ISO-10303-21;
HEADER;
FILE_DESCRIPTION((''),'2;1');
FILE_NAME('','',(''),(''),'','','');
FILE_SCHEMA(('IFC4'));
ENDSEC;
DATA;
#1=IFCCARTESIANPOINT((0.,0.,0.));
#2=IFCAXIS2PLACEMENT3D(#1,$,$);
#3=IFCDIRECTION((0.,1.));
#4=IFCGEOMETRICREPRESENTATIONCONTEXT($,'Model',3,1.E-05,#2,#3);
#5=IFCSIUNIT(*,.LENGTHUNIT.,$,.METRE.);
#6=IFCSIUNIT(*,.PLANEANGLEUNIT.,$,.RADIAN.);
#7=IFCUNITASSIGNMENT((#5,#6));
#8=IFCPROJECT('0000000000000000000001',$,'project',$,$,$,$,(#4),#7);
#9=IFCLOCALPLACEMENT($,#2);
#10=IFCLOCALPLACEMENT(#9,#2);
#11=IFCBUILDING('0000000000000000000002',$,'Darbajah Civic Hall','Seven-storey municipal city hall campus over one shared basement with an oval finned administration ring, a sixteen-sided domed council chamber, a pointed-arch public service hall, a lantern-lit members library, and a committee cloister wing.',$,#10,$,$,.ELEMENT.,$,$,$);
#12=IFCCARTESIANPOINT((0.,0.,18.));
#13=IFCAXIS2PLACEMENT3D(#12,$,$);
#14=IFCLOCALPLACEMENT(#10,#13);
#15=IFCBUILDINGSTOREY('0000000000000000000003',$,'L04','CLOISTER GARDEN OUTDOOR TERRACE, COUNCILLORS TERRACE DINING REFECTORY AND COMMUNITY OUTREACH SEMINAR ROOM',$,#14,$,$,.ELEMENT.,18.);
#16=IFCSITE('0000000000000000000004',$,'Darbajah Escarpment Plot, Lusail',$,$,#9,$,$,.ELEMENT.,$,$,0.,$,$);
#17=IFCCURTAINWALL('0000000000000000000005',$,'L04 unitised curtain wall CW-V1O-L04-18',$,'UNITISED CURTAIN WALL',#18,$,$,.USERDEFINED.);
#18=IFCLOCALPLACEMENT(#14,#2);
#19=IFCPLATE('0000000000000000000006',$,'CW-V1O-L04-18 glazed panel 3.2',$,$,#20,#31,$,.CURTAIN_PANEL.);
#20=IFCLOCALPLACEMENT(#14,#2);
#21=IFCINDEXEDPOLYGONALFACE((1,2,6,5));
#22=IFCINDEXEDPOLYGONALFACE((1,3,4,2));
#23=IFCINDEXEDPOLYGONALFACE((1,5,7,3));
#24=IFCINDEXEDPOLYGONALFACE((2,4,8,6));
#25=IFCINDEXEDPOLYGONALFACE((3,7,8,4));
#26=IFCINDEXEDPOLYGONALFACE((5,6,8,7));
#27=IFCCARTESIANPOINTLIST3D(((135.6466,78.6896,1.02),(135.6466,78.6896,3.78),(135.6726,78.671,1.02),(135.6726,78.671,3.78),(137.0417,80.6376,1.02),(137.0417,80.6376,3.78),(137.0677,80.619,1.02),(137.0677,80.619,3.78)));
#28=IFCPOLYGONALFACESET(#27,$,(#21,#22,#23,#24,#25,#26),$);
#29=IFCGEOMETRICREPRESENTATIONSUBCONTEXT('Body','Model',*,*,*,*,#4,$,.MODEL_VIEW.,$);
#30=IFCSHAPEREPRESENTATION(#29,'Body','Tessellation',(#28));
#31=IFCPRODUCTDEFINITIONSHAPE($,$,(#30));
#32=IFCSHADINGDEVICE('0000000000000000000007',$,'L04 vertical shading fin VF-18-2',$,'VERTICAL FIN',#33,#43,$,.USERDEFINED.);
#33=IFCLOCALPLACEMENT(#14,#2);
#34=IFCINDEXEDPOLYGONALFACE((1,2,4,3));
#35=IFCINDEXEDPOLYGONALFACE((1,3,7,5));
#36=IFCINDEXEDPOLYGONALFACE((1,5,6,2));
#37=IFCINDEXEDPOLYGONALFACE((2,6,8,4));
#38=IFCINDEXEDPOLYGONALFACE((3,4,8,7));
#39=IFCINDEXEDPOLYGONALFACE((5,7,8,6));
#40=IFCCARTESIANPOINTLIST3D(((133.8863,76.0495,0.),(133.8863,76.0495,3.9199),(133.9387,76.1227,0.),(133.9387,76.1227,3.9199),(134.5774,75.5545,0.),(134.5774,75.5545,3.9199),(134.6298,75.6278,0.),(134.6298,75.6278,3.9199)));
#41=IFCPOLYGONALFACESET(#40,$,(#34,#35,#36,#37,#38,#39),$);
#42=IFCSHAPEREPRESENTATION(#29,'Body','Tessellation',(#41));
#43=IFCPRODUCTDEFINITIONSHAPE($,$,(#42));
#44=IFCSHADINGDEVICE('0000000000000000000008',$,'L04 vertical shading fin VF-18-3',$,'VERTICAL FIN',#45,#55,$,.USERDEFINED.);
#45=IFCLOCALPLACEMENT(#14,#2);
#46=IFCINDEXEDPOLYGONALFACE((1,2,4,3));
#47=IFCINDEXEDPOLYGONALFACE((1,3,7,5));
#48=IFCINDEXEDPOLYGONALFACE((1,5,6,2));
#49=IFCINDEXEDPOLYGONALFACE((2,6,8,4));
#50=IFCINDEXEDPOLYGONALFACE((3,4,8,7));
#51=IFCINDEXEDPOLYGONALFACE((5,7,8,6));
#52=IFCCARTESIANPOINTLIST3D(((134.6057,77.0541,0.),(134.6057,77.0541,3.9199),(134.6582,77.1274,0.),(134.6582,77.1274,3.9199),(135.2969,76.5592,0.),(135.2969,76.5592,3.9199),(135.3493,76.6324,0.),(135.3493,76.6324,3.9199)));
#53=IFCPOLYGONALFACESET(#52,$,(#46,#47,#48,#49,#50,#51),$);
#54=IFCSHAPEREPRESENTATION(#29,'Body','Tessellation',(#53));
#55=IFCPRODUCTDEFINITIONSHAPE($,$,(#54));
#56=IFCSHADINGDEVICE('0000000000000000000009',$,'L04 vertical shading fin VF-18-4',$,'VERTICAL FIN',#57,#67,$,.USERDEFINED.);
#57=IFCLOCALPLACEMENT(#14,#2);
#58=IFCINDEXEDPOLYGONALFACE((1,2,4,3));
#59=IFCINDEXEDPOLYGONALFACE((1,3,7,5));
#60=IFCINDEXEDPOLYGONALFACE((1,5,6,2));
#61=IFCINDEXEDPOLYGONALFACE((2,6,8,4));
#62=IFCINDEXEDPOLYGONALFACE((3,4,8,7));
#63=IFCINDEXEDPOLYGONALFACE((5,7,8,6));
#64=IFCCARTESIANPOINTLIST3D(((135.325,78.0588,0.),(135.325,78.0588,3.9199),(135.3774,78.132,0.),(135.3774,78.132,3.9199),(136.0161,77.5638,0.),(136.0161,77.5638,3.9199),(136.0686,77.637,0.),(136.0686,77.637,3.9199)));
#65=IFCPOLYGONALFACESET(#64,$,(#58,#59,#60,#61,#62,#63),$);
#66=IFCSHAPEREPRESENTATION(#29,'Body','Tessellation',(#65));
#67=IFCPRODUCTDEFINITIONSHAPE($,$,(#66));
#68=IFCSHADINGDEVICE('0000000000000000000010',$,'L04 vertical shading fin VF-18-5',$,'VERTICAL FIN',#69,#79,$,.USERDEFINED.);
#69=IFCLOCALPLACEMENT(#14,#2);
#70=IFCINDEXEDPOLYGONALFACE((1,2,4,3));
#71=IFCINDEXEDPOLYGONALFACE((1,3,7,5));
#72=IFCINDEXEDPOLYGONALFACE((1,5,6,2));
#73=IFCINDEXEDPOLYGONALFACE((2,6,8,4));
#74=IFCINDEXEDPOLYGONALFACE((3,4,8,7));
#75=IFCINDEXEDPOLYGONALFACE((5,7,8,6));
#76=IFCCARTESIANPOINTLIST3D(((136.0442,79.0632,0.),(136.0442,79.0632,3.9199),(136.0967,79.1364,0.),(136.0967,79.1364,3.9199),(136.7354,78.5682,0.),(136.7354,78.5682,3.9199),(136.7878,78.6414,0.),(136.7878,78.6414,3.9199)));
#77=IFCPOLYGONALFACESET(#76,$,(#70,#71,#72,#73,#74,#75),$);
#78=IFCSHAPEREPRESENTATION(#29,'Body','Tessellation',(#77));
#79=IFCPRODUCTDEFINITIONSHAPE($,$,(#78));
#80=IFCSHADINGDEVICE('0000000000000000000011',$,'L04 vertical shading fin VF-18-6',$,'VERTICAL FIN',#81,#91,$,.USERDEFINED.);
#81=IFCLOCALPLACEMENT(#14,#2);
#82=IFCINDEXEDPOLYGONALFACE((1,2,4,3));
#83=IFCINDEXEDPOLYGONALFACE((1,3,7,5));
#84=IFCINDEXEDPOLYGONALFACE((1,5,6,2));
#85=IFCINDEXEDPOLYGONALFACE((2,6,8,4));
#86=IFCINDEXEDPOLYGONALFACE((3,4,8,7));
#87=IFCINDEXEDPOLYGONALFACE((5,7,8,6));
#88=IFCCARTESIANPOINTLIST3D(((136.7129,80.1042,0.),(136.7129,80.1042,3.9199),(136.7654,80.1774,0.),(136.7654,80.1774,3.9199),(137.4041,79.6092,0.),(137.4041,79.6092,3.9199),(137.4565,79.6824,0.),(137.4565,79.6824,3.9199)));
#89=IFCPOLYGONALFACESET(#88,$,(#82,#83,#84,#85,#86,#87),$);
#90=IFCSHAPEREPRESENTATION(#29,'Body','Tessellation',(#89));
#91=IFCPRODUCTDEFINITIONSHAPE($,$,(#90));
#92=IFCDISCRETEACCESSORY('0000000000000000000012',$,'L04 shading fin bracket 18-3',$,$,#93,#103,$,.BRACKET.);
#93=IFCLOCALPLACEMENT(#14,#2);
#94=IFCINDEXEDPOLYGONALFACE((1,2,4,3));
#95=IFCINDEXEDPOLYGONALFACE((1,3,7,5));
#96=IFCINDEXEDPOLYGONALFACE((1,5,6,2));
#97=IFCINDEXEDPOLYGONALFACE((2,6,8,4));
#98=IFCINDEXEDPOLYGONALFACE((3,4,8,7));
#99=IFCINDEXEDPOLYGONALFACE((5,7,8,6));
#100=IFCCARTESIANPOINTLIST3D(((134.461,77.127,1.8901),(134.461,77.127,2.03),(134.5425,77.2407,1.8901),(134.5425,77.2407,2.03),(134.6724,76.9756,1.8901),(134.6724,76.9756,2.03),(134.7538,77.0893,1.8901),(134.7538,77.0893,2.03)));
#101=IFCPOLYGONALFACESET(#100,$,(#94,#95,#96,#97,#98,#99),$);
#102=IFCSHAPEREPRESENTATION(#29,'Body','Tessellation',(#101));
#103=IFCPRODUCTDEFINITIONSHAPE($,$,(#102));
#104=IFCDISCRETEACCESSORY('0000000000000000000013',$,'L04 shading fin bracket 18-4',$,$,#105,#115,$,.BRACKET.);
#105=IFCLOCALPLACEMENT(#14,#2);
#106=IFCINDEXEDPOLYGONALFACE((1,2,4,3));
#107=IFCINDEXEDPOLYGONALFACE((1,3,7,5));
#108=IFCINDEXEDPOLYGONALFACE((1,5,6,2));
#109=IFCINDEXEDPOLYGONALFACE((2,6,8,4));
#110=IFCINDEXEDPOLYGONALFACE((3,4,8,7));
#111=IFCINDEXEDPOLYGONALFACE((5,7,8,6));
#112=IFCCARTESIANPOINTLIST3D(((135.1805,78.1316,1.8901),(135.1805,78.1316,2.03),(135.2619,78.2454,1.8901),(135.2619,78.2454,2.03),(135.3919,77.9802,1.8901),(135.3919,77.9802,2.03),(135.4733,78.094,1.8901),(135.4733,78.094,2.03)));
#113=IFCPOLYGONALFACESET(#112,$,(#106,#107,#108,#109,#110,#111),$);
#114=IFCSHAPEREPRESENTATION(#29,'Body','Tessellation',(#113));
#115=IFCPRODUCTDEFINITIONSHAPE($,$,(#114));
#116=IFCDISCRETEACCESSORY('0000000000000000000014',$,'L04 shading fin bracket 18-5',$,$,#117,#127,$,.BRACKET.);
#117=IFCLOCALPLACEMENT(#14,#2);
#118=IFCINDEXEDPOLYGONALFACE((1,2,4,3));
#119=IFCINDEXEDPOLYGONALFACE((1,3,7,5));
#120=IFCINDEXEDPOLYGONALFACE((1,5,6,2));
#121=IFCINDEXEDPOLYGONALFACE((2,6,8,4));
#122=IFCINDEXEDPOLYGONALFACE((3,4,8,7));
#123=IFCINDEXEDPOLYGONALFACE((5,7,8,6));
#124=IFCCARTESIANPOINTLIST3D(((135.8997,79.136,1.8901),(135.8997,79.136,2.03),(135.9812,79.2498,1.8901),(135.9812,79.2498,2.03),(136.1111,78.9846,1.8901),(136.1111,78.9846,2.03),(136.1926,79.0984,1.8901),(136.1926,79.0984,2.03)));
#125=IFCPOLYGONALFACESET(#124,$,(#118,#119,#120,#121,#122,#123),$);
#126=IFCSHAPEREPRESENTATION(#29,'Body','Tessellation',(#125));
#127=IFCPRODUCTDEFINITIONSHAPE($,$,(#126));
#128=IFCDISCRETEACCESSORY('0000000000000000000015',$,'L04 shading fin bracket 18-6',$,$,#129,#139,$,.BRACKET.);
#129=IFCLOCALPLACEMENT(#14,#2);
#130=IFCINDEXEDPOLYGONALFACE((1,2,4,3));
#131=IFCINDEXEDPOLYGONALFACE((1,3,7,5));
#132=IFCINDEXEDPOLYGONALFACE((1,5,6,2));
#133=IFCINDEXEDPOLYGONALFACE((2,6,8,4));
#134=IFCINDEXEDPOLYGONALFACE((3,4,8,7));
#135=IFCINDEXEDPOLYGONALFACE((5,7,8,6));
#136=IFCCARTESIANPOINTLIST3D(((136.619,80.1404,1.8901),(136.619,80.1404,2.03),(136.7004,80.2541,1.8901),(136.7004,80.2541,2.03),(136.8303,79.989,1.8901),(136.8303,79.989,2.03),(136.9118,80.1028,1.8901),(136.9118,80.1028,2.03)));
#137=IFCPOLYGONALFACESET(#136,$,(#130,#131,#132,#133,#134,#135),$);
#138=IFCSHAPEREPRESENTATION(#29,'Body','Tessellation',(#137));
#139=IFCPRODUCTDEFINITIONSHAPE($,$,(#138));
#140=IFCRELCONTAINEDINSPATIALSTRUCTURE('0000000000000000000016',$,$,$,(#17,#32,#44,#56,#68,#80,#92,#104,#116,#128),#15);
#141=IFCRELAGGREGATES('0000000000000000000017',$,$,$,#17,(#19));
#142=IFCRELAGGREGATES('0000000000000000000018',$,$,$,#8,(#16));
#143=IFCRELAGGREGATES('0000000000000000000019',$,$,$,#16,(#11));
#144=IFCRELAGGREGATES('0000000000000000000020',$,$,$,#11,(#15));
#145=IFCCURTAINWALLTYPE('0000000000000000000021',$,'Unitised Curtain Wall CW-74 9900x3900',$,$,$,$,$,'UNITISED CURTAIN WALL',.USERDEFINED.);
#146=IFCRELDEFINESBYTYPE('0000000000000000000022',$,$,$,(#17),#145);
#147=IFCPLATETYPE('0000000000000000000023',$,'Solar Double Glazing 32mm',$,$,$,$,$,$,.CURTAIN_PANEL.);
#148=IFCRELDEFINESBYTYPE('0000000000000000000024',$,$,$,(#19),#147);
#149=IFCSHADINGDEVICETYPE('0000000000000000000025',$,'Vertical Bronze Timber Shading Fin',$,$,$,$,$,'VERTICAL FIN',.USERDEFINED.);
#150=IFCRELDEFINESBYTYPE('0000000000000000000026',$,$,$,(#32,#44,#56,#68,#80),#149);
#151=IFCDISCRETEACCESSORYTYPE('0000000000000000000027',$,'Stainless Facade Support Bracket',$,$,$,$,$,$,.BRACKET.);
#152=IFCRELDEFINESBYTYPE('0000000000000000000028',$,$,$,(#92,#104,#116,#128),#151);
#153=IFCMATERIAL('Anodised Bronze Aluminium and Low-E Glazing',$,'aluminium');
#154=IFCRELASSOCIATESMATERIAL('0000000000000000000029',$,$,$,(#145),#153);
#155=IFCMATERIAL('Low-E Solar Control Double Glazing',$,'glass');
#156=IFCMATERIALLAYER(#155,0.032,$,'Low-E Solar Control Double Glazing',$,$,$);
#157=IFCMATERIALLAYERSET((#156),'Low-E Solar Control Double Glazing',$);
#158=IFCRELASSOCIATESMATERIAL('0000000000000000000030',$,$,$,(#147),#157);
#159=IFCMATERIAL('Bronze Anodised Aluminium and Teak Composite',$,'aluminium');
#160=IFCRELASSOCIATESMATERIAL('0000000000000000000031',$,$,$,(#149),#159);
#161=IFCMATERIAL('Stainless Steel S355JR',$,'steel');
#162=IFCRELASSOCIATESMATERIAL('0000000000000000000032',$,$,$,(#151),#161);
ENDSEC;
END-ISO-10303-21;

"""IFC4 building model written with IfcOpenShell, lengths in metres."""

from ifc_helpers import new_model, si_unit, direction, frame, origin, origin_2d, place, context, subcontext, project, spatial, rectangle, extrude, material, layer, layer_set, type_object, element, aggregate, save


model = new_model("IFC4")

# Units and contexts
model_context = context("Model", 3, precision=1e-05, world=origin(), true_north=direction((0.0, 1.0)))
body_context = subcontext(model_context, "Body", "Model", "MODEL_VIEW")
ifc_project = project(units=[si_unit("LENGTHUNIT", "METRE"), si_unit("PLANEANGLEUNIT", "RADIAN")], contexts=[model_context])

# Site, building, storey
site_placement = place(None, origin())
site = spatial("IfcSite", under=ifc_project, at=site_placement, Name="Darbajah Escarpment Plot, Lusail", CompositionType="ELEMENT", RefElevation=0.0)
building_placement = place(site_placement, origin())
building = spatial("IfcBuilding", under=site, at=building_placement, Name="Darbajah Civic Hall", Description="Seven-storey municipal city hall campus over one shared basement with an oval finned administration ring, a sixteen-sided domed council chamber, a pointed-arch public service hall, a lantern-lit members library, and a committee cloister wing.", CompositionType="ELEMENT")
storey_placement = place(building_placement, frame((0.0, 0.0, 18.0)))
storey = spatial("IfcBuildingStorey", under=building, at=storey_placement, Name="L04", Description="CLOISTER GARDEN OUTDOOR TERRACE, COUNCILLORS TERRACE DINING REFECTORY AND COMMUNITY OUTREACH SEMINAR ROOM", CompositionType="ELEMENT", Elevation=18.0)

# Curtain wall, plate
ifc_material_1 = material(Name="Anodised Bronze Aluminium and Low-E Glazing", Category="aluminium")
curtain_wall_type = type_object("IfcCurtainWallType", Name="Unitised Curtain Wall CW-74 9900x3900", ElementType="UNITISED CURTAIN WALL", PredefinedType="USERDEFINED", material=ifc_material_1)
curtain_wall_placement = place(storey_placement, origin())
curtain_wall = element("IfcCurtainWall", 1, at=curtain_wall_placement, inside=storey, type_object=curtain_wall_type, Name="L04 unitised curtain wall CW-V1O-L04-18", ObjectType="UNITISED CURTAIN WALL", PredefinedType="USERDEFINED")
ifc_material_2 = material(Name="Low-E Solar Control Double Glazing", Category="glass")
ifc_layer = layer(ifc_material_2, 0.032, Name="Low-E Solar Control Double Glazing")
ifc_layer_set = layer_set([ifc_layer], Name="Low-E Solar Control Double Glazing")
plate_type = type_object("IfcPlateType", Name="Solar Double Glazing 32mm", PredefinedType="CURTAIN_PANEL", material=ifc_layer_set)
plate_1_placement = place(storey_placement, frame((136.3572, 79.6543, 1.02), z_axis=(0.0, 0.0, 1.0), x_axis=(0.582265, 0.812999, 0.0)))
plate_1 = element("IfcPlate", 2, at=plate_1_placement, type_object=plate_type, Name="CW-V1O-L04-18 glazed panel 3.2", PredefinedType="CURTAIN_PANEL", context=body_context, shape_type="SweptSolid", body=[
    extrude(rectangle(XDim=2.396, YDim=0.032, at=origin_2d()), origin(), (0.0, 0.0, 1.0), 2.76),
])
aggregate(curtain_wall, [plate_1])

# Shading devices
ifc_material_3 = material(Name="Bronze Anodised Aluminium and Teak Composite", Category="aluminium")
shading_device_type = type_object("IfcShadingDeviceType", Name="Vertical Bronze Timber Shading Fin", ElementType="VERTICAL FIN", PredefinedType="USERDEFINED", material=ifc_material_3)
for number, where, z_axis, x_axis, name in (
    (3, (134.2581, 75.8386, 0.0), (0.0, 0.0, 1.0), (0.812999, -0.582265, 0.0), "L04 vertical shading fin VF-18-2"),
    (4, (134.9775, 76.8433, 0.0), (0.0, 0.0, 1.0), (0.812999, -0.582265, 0.0), "L04 vertical shading fin VF-18-3"),
    (5, (135.6968, 77.8479, 0.0), (0.0, 0.0, 1.0), (0.812999, -0.582265, 0.0), "L04 vertical shading fin VF-18-4"),
    (6, (136.416, 78.8523, 0.0), (0.0, 0.0, 1.0), (0.812999, -0.582265, 0.0), "L04 vertical shading fin VF-18-5"),
    (7, (137.0847, 79.8933, 0.0), (0.0, 0.0, 1.0), (0.812999, -0.582265, 0.0), "L04 vertical shading fin VF-18-6"),
):
    element("IfcShadingDevice", number, at=place(storey_placement, frame(where, z_axis=z_axis, x_axis=x_axis)), inside=storey, type_object=shading_device_type, Name=name, ObjectType="VERTICAL FIN", PredefinedType="USERDEFINED", context=body_context, shape_type="SweptSolid", body=[
        extrude(rectangle(XDim=0.8501, YDim=0.0901, at=origin_2d()), origin(), (0.0, 0.0, 1.0), 3.9199),
    ])

# Discrete accessories
ifc_material_4 = material(Name="Stainless Steel S355JR", Category="steel")
discrete_accessory_type = type_object("IfcDiscreteAccessoryType", Name="Stainless Facade Support Bracket", PredefinedType="BRACKET", material=ifc_material_4)
for number, where, z_axis, x_axis, name in (
    (8, (134.6074, 77.1082, 1.8901), (0.0, 0.0, 1.0), (0.812999, -0.582265, 0.0), "L04 shading fin bracket 18-3"),
    (9, (135.3269, 78.1128, 1.8901), (0.0, 0.0, 1.0), (0.812999, -0.582265, 0.0), "L04 shading fin bracket 18-4"),
    (10, (136.0461, 79.1172, 1.8901), (0.0, 0.0, 1.0), (0.812999, -0.582265, 0.0), "L04 shading fin bracket 18-5"),
    (11, (136.7654, 80.1216, 1.8901), (0.0, 0.0, 1.0), (0.812999, -0.582265, 0.0), "L04 shading fin bracket 18-6"),
):
    element("IfcDiscreteAccessory", number, at=place(storey_placement, frame(where, z_axis=z_axis, x_axis=x_axis)), inside=storey, type_object=discrete_accessory_type, Name=name, PredefinedType="BRACKET", context=body_context, shape_type="SweptSolid", body=[
        extrude(rectangle(XDim=0.26, YDim=0.1399, at=origin_2d()), origin(), (0.0, 0.0, 1.0), 0.1399),
    ])

save(model, "model.ifc")
